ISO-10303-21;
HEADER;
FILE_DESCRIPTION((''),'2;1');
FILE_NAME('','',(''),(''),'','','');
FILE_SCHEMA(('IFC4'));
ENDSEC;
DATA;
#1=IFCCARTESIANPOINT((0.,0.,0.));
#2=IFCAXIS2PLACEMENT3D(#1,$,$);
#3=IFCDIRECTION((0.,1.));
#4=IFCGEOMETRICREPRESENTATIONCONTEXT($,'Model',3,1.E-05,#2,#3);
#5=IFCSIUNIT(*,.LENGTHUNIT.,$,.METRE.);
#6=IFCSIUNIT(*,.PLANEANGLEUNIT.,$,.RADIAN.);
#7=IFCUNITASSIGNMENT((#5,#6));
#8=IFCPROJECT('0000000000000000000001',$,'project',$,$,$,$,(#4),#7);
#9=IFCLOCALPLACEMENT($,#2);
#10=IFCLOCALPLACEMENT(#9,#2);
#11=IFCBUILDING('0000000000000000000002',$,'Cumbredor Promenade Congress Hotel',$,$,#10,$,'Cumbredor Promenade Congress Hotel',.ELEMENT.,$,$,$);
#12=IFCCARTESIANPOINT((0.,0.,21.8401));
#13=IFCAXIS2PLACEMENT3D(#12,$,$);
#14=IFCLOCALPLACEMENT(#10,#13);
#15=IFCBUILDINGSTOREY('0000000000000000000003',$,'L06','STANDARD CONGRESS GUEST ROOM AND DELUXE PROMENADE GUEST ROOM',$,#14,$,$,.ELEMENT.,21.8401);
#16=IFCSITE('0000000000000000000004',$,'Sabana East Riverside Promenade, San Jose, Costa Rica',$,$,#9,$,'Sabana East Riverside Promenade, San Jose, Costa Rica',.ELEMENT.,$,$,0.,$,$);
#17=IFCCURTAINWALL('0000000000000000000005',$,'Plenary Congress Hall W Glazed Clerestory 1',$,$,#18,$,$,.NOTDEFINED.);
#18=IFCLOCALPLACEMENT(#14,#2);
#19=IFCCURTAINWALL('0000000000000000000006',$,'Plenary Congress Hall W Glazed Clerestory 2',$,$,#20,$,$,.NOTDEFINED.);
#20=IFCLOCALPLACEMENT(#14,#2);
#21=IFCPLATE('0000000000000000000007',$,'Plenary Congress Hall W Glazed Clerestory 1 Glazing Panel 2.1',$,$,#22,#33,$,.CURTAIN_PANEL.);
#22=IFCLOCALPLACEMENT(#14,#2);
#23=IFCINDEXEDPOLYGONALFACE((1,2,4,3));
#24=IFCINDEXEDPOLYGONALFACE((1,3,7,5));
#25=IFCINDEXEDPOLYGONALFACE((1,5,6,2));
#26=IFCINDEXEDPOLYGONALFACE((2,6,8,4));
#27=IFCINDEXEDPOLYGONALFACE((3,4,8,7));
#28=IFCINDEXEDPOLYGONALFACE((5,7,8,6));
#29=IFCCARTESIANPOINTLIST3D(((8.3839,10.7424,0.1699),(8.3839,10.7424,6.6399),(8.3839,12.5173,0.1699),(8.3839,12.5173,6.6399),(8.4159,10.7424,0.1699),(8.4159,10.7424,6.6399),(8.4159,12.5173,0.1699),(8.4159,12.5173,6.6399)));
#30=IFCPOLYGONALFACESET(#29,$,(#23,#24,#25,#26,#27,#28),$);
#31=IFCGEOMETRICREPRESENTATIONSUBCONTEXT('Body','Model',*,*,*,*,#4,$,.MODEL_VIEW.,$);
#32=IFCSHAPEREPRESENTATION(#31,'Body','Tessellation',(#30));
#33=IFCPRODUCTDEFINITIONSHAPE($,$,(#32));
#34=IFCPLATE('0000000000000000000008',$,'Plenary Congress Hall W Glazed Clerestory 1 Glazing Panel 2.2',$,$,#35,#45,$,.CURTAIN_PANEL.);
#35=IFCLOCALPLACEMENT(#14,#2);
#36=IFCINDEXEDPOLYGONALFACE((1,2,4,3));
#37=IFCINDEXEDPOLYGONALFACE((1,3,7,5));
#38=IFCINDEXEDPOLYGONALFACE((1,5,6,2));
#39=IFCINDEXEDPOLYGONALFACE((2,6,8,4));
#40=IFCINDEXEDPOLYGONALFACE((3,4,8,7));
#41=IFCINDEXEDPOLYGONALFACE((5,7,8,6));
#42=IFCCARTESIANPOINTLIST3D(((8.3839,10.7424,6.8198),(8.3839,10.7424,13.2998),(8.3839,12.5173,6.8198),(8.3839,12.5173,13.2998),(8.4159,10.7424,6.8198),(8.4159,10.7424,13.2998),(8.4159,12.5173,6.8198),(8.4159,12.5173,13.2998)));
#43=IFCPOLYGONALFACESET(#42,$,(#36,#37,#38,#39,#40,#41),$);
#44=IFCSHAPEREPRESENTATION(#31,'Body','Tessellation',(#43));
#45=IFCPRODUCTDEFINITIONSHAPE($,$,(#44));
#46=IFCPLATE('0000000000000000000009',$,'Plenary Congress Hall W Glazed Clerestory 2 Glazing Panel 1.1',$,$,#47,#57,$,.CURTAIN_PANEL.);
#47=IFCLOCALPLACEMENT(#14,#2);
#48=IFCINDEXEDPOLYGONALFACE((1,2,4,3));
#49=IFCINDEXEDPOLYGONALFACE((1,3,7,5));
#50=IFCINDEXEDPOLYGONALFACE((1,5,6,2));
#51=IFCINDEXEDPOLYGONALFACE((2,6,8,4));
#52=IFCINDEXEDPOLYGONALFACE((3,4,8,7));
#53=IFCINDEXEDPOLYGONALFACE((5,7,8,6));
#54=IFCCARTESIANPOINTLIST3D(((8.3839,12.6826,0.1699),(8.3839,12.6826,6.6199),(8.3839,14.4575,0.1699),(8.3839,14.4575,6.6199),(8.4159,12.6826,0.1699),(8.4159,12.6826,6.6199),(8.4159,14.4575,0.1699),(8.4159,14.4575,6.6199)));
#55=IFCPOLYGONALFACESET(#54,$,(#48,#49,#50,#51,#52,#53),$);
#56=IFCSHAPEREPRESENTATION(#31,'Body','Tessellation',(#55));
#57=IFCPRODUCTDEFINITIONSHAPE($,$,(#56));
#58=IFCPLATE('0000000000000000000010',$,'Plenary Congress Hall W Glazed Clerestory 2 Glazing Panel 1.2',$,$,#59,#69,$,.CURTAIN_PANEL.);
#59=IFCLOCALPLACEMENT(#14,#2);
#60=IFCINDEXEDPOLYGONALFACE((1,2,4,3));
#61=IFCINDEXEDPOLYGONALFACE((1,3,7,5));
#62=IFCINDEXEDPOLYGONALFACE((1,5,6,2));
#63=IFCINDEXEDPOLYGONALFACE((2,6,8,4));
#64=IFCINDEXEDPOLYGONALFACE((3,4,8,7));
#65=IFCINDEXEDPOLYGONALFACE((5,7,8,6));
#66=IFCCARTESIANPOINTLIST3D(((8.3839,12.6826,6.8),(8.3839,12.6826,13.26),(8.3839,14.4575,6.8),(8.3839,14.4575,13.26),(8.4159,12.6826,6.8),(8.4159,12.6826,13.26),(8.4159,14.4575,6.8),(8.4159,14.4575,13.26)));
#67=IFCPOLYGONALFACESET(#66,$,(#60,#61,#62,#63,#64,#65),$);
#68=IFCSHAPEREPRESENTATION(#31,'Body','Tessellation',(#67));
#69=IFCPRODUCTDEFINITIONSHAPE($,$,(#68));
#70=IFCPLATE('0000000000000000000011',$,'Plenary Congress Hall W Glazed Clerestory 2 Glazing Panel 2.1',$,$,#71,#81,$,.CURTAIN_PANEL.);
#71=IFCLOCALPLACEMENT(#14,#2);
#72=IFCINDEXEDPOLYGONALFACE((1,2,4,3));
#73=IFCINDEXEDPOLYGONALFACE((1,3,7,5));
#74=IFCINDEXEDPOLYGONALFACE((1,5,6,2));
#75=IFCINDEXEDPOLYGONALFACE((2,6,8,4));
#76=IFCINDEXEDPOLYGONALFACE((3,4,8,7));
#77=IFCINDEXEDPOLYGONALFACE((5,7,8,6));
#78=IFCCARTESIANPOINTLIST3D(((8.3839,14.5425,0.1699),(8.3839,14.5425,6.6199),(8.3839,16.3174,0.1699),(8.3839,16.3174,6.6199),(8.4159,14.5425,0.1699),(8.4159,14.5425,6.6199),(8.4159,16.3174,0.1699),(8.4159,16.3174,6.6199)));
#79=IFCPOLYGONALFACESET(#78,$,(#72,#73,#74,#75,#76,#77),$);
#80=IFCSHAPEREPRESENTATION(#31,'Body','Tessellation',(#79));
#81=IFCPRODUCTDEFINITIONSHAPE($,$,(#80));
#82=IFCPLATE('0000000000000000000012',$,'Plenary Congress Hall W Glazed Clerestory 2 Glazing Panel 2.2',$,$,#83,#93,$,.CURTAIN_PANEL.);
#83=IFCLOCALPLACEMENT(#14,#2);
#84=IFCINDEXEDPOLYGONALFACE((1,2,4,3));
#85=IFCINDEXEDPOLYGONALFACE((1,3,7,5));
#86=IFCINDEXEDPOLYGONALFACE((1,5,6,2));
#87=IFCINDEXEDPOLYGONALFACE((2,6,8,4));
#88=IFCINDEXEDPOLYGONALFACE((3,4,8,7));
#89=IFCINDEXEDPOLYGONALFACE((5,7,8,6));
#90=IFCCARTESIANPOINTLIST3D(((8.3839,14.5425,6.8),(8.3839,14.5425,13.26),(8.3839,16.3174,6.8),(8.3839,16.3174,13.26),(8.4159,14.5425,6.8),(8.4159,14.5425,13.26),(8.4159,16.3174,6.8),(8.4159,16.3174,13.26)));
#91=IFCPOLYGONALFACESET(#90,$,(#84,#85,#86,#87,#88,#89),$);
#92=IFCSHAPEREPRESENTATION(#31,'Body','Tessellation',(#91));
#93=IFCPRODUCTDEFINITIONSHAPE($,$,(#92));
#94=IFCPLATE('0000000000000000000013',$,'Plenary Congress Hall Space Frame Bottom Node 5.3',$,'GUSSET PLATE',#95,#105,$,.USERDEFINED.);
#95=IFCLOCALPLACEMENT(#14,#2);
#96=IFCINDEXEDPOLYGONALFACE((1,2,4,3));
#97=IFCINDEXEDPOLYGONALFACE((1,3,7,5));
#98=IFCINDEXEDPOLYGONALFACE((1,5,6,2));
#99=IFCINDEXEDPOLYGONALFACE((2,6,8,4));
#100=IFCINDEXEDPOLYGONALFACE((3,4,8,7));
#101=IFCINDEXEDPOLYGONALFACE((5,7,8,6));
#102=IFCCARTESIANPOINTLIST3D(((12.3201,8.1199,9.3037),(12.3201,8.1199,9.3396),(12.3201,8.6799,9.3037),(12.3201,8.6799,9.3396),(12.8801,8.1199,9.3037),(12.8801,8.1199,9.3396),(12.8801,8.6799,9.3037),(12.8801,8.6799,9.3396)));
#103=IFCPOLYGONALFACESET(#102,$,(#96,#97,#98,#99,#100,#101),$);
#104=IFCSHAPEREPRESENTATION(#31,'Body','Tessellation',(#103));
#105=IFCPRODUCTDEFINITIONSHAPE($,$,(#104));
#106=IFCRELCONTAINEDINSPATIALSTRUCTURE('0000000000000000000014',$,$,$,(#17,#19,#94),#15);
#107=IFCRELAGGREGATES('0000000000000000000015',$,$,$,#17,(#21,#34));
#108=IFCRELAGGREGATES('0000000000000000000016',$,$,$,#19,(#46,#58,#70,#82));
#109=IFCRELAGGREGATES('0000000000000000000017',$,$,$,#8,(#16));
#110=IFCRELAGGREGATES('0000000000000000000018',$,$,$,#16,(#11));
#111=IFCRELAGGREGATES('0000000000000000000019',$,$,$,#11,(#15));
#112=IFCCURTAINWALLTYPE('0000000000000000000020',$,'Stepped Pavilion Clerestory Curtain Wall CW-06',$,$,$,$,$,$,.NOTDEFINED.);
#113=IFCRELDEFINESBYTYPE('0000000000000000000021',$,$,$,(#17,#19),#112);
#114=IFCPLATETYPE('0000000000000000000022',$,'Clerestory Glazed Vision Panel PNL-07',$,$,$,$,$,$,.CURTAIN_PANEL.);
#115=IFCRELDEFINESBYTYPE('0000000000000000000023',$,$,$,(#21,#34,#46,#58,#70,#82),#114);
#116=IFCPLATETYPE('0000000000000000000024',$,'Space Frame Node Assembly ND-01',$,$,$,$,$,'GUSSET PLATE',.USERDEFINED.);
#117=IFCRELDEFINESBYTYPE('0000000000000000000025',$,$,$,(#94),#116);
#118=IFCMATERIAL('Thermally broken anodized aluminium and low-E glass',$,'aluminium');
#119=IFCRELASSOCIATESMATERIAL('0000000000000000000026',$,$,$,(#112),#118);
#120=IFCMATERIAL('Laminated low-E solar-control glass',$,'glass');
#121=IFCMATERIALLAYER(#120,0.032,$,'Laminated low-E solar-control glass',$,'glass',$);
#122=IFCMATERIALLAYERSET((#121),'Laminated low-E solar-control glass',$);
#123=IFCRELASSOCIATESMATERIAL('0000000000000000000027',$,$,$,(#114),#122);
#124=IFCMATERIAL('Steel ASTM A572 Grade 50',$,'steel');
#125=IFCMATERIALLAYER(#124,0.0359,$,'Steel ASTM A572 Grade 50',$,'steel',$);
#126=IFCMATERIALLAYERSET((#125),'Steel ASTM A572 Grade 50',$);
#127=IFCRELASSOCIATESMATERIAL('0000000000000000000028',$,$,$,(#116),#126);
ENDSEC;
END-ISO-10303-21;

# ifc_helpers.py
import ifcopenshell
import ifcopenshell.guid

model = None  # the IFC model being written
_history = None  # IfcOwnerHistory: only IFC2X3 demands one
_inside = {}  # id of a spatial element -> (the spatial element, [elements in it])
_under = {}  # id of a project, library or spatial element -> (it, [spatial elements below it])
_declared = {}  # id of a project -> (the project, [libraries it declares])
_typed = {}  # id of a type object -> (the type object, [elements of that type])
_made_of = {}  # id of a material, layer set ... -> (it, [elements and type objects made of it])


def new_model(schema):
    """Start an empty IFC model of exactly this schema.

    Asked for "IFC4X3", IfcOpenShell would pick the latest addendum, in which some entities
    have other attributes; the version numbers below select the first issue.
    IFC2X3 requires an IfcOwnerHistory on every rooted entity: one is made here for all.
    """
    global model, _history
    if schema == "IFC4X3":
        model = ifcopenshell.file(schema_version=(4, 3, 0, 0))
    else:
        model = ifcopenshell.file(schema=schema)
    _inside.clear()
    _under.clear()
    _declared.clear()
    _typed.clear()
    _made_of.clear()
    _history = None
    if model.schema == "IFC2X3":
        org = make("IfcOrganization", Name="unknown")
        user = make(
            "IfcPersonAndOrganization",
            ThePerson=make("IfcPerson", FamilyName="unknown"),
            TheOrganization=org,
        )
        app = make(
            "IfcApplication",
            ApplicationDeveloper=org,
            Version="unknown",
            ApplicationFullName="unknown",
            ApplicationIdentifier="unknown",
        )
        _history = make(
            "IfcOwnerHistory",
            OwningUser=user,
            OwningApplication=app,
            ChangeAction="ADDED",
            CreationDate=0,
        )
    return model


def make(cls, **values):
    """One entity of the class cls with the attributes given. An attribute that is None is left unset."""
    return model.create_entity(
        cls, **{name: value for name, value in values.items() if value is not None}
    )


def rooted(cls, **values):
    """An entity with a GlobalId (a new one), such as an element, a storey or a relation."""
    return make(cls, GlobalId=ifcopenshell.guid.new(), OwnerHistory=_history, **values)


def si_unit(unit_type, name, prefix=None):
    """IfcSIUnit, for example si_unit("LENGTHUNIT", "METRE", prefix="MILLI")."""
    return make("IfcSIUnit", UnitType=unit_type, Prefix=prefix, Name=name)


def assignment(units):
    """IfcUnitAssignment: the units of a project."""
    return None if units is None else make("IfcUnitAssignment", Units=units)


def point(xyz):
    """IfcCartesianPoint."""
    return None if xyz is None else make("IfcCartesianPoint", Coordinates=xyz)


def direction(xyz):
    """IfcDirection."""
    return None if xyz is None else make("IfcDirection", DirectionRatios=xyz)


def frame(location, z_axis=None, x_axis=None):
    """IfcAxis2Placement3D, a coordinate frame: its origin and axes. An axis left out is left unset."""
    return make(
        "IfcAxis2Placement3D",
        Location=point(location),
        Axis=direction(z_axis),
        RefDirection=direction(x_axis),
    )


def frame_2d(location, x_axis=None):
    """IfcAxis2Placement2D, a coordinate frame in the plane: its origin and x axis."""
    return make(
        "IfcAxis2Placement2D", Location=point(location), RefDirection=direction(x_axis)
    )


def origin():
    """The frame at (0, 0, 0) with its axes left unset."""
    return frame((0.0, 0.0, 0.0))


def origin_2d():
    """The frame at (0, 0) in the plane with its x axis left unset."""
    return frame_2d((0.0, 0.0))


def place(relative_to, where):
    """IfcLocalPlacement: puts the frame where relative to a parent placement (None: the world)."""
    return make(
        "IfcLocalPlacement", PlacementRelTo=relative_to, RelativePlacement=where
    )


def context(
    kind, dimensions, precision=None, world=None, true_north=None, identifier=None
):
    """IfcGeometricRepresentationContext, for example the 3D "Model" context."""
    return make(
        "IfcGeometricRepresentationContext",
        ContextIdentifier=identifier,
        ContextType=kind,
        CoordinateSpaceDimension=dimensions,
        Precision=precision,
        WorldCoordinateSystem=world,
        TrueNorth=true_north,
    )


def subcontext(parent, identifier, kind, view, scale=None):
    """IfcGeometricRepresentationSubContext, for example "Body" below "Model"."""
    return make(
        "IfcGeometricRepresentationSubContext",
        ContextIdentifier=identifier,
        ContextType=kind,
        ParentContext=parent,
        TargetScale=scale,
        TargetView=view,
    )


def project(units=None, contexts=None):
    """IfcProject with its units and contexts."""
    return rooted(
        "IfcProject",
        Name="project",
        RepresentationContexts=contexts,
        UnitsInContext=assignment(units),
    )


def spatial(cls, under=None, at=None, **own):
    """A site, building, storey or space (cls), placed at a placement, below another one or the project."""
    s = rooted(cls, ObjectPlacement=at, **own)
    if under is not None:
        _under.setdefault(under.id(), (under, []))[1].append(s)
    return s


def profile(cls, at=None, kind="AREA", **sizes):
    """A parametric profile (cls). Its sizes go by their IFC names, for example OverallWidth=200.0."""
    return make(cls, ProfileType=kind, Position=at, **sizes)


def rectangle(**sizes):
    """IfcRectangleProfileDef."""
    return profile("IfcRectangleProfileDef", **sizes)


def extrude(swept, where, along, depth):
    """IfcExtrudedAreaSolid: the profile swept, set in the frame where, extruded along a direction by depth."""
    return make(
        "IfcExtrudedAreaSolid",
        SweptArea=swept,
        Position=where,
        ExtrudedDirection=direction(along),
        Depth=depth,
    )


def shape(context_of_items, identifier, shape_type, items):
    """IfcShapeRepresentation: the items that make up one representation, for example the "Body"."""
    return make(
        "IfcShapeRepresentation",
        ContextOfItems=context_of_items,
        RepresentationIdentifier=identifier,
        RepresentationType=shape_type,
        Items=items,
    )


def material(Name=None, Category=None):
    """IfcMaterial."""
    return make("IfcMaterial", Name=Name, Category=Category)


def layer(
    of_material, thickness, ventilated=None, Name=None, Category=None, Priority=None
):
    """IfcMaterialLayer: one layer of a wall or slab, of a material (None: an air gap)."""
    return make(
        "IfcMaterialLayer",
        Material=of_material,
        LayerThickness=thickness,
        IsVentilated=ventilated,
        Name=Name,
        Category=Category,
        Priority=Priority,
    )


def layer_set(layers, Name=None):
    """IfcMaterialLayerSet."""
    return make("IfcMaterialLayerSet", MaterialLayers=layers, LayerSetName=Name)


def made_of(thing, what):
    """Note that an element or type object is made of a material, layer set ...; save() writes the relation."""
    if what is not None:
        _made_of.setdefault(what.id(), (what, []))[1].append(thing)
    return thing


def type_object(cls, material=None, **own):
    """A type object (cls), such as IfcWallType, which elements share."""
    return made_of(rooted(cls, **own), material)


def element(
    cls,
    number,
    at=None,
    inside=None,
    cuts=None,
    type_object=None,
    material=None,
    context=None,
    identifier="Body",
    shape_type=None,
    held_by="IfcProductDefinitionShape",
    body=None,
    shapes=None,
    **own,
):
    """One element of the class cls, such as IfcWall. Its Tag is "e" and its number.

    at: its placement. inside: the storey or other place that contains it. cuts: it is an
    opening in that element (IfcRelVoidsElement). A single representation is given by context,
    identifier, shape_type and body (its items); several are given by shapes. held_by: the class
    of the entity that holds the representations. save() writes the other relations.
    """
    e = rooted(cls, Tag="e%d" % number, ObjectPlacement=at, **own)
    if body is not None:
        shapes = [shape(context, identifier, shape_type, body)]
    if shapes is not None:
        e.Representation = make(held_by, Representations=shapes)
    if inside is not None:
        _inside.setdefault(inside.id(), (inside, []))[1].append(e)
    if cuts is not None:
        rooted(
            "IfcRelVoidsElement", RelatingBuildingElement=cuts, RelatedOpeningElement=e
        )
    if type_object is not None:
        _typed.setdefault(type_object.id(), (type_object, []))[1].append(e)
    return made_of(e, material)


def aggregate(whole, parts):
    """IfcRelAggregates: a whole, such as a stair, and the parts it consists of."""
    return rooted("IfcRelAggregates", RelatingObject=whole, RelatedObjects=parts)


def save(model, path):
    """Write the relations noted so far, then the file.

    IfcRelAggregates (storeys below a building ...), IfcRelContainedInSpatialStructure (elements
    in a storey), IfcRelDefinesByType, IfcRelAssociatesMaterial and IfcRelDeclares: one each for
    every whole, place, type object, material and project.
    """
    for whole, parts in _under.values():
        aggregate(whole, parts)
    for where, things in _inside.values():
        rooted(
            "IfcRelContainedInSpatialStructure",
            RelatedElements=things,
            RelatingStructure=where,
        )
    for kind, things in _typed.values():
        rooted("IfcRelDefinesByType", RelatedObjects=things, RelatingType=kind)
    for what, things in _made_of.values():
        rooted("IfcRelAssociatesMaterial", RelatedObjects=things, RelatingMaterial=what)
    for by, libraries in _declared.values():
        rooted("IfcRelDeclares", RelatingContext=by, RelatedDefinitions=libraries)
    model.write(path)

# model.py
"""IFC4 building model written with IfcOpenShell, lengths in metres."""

from ifc_helpers import new_model, si_unit, direction, frame, origin, origin_2d, place, context, subcontext, project, spatial, rectangle, extrude, material, layer, layer_set, type_object, element, aggregate, save


model = new_model("IFC4")

# Units and contexts
model_context = context("Model", 3, precision=1e-05, world=origin(), true_north=direction((0.0, 1.0)))
body_context = subcontext(model_context, "Body", "Model", "MODEL_VIEW")
ifc_project = project(units=[si_unit("LENGTHUNIT", "METRE"), si_unit("PLANEANGLEUNIT", "RADIAN")], contexts=[model_context])

# Site, building, storey
site_placement = place(None, origin())
site = spatial("IfcSite", under=ifc_project, at=site_placement, Name="Sabana East Riverside Promenade, San Jose, Costa Rica", LongName="Sabana East Riverside Promenade, San Jose, Costa Rica", CompositionType="ELEMENT", RefElevation=0.0)
building_placement = place(site_placement, origin())
building = spatial("IfcBuilding", under=site, at=building_placement, Name="Cumbredor Promenade Congress Hotel", LongName="Cumbredor Promenade Congress Hotel", CompositionType="ELEMENT")
storey_placement = place(building_placement, frame((0.0, 0.0, 21.8401)))
storey = spatial("IfcBuildingStorey", under=building, at=storey_placement, Name="L06", Description="STANDARD CONGRESS GUEST ROOM AND DELUXE PROMENADE GUEST ROOM", CompositionType="ELEMENT", Elevation=21.8401)

# Curtain walls
ifc_material_1 = material(Name="Thermally broken anodized aluminium and low-E glass", Category="aluminium")
curtain_wall_type = type_object("IfcCurtainWallType", Name="Stepped Pavilion Clerestory Curtain Wall CW-06", PredefinedType="NOTDEFINED", material=ifc_material_1)
curtain_wall_1_placement = place(storey_placement, origin())
curtain_wall_1 = element("IfcCurtainWall", 1, at=curtain_wall_1_placement, inside=storey, type_object=curtain_wall_type, Name="Plenary Congress Hall W Glazed Clerestory 1", PredefinedType="NOTDEFINED")
curtain_wall_2_placement = place(storey_placement, origin())
curtain_wall_2 = element("IfcCurtainWall", 2, at=curtain_wall_2_placement, inside=storey, type_object=curtain_wall_type, Name="Plenary Congress Hall W Glazed Clerestory 2", PredefinedType="NOTDEFINED")

# Plates
ifc_material_2 = material(Name="Laminated low-E solar-control glass", Category="glass")
ifc_layer_1 = layer(ifc_material_2, 0.032, Name="Laminated low-E solar-control glass", Category="glass")
ifc_layer_set_1 = layer_set([ifc_layer_1], Name="Laminated low-E solar-control glass")
plate_type_1 = type_object("IfcPlateType", Name="Clerestory Glazed Vision Panel PNL-07", PredefinedType="CURTAIN_PANEL", material=ifc_layer_set_1)
plate_1_placement = place(storey_placement, frame((8.3999, 11.6299, 0.1699), z_axis=(0.0, 0.0, 1.0), x_axis=(0.0, 1.0, 0.0)))
plate_1 = element("IfcPlate", 3, at=plate_1_placement, type_object=plate_type_1, Name="Plenary Congress Hall W Glazed Clerestory 1 Glazing Panel 2.1", PredefinedType="CURTAIN_PANEL", context=body_context, shape_type="SweptSolid", body=[
    extrude(rectangle(XDim=1.7749, YDim=0.032, at=origin_2d()), origin(), (0.0, 0.0, 1.0), 6.47),
])
plate_2_placement = place(storey_placement, frame((8.3999, 11.6299, 6.8198), z_axis=(0.0, 0.0, 1.0), x_axis=(0.0, 1.0, 0.0)))
plate_2 = element("IfcPlate", 4, at=plate_2_placement, type_object=plate_type_1, Name="Plenary Congress Hall W Glazed Clerestory 1 Glazing Panel 2.2", PredefinedType="CURTAIN_PANEL", context=body_context, shape_type="SweptSolid", body=[
    extrude(rectangle(XDim=1.7749, YDim=0.032, at=origin_2d()), origin(), (0.0, 0.0, 1.0), 6.48),
])
aggregate(curtain_wall_1, [plate_1, plate_2])
plate_3_placement = place(storey_placement, frame((8.3999, 13.5701, 0.1699), z_axis=(0.0, 0.0, 1.0), x_axis=(0.0, 1.0, 0.0)))
plate_3 = element("IfcPlate", 5, at=plate_3_placement, type_object=plate_type_1, Name="Plenary Congress Hall W Glazed Clerestory 2 Glazing Panel 1.1", PredefinedType="CURTAIN_PANEL", context=body_context, shape_type="SweptSolid", body=[
    extrude(rectangle(XDim=1.7749, YDim=0.032, at=origin_2d()), origin(), (0.0, 0.0, 1.0), 6.45),
])
plate_4_placement = place(storey_placement, frame((8.3999, 13.5701, 6.8), z_axis=(0.0, 0.0, 1.0), x_axis=(0.0, 1.0, 0.0)))
plate_4 = element("IfcPlate", 6, at=plate_4_placement, type_object=plate_type_1, Name="Plenary Congress Hall W Glazed Clerestory 2 Glazing Panel 1.2", PredefinedType="CURTAIN_PANEL", context=body_context, shape_type="SweptSolid", body=[
    extrude(rectangle(XDim=1.7749, YDim=0.032, at=origin_2d()), origin(), (0.0, 0.0, 1.0), 6.46),
])
plate_5_placement = place(storey_placement, frame((8.3999, 15.4299, 0.1699), z_axis=(0.0, 0.0, 1.0), x_axis=(0.0, 1.0, 0.0)))
plate_5 = element("IfcPlate", 7, at=plate_5_placement, type_object=plate_type_1, Name="Plenary Congress Hall W Glazed Clerestory 2 Glazing Panel 2.1", PredefinedType="CURTAIN_PANEL", context=body_context, shape_type="SweptSolid", body=[
    extrude(rectangle(XDim=1.7749, YDim=0.032, at=origin_2d()), origin(), (0.0, 0.0, 1.0), 6.45),
])
plate_6_placement = place(storey_placement, frame((8.3999, 15.4299, 6.8), z_axis=(0.0, 0.0, 1.0), x_axis=(0.0, 1.0, 0.0)))
plate_6 = element("IfcPlate", 8, at=plate_6_placement, type_object=plate_type_1, Name="Plenary Congress Hall W Glazed Clerestory 2 Glazing Panel 2.2", PredefinedType="CURTAIN_PANEL", context=body_context, shape_type="SweptSolid", body=[
    extrude(rectangle(XDim=1.7749, YDim=0.032, at=origin_2d()), origin(), (0.0, 0.0, 1.0), 6.46),
])
aggregate(curtain_wall_2, [plate_3, plate_4, plate_5, plate_6])
ifc_material_3 = material(Name="Steel ASTM A572 Grade 50", Category="steel")
ifc_layer_2 = layer(ifc_material_3, 0.0359, Name="Steel ASTM A572 Grade 50", Category="steel")
ifc_layer_set_2 = layer_set([ifc_layer_2], Name="Steel ASTM A572 Grade 50")
plate_type_2 = type_object("IfcPlateType", Name="Space Frame Node Assembly ND-01", ElementType="GUSSET PLATE", PredefinedType="USERDEFINED", material=ifc_layer_set_2)
plate_7_placement = place(storey_placement, frame((12.6001, 8.3999, 9.3037), z_axis=(0.0, 0.0, 1.0), x_axis=(1.0, 0.0, 0.0)))
element("IfcPlate", 9, at=plate_7_placement, inside=storey, type_object=plate_type_2, Name="Plenary Congress Hall Space Frame Bottom Node 5.3", ObjectType="GUSSET PLATE", PredefinedType="USERDEFINED", context=body_context, shape_type="SweptSolid", body=[
    extrude(rectangle(XDim=0.5601, YDim=0.5601, at=origin_2d()), origin(), (0.0, 0.0, 1.0), 0.0359),
])

save(model, "model.ifc")
